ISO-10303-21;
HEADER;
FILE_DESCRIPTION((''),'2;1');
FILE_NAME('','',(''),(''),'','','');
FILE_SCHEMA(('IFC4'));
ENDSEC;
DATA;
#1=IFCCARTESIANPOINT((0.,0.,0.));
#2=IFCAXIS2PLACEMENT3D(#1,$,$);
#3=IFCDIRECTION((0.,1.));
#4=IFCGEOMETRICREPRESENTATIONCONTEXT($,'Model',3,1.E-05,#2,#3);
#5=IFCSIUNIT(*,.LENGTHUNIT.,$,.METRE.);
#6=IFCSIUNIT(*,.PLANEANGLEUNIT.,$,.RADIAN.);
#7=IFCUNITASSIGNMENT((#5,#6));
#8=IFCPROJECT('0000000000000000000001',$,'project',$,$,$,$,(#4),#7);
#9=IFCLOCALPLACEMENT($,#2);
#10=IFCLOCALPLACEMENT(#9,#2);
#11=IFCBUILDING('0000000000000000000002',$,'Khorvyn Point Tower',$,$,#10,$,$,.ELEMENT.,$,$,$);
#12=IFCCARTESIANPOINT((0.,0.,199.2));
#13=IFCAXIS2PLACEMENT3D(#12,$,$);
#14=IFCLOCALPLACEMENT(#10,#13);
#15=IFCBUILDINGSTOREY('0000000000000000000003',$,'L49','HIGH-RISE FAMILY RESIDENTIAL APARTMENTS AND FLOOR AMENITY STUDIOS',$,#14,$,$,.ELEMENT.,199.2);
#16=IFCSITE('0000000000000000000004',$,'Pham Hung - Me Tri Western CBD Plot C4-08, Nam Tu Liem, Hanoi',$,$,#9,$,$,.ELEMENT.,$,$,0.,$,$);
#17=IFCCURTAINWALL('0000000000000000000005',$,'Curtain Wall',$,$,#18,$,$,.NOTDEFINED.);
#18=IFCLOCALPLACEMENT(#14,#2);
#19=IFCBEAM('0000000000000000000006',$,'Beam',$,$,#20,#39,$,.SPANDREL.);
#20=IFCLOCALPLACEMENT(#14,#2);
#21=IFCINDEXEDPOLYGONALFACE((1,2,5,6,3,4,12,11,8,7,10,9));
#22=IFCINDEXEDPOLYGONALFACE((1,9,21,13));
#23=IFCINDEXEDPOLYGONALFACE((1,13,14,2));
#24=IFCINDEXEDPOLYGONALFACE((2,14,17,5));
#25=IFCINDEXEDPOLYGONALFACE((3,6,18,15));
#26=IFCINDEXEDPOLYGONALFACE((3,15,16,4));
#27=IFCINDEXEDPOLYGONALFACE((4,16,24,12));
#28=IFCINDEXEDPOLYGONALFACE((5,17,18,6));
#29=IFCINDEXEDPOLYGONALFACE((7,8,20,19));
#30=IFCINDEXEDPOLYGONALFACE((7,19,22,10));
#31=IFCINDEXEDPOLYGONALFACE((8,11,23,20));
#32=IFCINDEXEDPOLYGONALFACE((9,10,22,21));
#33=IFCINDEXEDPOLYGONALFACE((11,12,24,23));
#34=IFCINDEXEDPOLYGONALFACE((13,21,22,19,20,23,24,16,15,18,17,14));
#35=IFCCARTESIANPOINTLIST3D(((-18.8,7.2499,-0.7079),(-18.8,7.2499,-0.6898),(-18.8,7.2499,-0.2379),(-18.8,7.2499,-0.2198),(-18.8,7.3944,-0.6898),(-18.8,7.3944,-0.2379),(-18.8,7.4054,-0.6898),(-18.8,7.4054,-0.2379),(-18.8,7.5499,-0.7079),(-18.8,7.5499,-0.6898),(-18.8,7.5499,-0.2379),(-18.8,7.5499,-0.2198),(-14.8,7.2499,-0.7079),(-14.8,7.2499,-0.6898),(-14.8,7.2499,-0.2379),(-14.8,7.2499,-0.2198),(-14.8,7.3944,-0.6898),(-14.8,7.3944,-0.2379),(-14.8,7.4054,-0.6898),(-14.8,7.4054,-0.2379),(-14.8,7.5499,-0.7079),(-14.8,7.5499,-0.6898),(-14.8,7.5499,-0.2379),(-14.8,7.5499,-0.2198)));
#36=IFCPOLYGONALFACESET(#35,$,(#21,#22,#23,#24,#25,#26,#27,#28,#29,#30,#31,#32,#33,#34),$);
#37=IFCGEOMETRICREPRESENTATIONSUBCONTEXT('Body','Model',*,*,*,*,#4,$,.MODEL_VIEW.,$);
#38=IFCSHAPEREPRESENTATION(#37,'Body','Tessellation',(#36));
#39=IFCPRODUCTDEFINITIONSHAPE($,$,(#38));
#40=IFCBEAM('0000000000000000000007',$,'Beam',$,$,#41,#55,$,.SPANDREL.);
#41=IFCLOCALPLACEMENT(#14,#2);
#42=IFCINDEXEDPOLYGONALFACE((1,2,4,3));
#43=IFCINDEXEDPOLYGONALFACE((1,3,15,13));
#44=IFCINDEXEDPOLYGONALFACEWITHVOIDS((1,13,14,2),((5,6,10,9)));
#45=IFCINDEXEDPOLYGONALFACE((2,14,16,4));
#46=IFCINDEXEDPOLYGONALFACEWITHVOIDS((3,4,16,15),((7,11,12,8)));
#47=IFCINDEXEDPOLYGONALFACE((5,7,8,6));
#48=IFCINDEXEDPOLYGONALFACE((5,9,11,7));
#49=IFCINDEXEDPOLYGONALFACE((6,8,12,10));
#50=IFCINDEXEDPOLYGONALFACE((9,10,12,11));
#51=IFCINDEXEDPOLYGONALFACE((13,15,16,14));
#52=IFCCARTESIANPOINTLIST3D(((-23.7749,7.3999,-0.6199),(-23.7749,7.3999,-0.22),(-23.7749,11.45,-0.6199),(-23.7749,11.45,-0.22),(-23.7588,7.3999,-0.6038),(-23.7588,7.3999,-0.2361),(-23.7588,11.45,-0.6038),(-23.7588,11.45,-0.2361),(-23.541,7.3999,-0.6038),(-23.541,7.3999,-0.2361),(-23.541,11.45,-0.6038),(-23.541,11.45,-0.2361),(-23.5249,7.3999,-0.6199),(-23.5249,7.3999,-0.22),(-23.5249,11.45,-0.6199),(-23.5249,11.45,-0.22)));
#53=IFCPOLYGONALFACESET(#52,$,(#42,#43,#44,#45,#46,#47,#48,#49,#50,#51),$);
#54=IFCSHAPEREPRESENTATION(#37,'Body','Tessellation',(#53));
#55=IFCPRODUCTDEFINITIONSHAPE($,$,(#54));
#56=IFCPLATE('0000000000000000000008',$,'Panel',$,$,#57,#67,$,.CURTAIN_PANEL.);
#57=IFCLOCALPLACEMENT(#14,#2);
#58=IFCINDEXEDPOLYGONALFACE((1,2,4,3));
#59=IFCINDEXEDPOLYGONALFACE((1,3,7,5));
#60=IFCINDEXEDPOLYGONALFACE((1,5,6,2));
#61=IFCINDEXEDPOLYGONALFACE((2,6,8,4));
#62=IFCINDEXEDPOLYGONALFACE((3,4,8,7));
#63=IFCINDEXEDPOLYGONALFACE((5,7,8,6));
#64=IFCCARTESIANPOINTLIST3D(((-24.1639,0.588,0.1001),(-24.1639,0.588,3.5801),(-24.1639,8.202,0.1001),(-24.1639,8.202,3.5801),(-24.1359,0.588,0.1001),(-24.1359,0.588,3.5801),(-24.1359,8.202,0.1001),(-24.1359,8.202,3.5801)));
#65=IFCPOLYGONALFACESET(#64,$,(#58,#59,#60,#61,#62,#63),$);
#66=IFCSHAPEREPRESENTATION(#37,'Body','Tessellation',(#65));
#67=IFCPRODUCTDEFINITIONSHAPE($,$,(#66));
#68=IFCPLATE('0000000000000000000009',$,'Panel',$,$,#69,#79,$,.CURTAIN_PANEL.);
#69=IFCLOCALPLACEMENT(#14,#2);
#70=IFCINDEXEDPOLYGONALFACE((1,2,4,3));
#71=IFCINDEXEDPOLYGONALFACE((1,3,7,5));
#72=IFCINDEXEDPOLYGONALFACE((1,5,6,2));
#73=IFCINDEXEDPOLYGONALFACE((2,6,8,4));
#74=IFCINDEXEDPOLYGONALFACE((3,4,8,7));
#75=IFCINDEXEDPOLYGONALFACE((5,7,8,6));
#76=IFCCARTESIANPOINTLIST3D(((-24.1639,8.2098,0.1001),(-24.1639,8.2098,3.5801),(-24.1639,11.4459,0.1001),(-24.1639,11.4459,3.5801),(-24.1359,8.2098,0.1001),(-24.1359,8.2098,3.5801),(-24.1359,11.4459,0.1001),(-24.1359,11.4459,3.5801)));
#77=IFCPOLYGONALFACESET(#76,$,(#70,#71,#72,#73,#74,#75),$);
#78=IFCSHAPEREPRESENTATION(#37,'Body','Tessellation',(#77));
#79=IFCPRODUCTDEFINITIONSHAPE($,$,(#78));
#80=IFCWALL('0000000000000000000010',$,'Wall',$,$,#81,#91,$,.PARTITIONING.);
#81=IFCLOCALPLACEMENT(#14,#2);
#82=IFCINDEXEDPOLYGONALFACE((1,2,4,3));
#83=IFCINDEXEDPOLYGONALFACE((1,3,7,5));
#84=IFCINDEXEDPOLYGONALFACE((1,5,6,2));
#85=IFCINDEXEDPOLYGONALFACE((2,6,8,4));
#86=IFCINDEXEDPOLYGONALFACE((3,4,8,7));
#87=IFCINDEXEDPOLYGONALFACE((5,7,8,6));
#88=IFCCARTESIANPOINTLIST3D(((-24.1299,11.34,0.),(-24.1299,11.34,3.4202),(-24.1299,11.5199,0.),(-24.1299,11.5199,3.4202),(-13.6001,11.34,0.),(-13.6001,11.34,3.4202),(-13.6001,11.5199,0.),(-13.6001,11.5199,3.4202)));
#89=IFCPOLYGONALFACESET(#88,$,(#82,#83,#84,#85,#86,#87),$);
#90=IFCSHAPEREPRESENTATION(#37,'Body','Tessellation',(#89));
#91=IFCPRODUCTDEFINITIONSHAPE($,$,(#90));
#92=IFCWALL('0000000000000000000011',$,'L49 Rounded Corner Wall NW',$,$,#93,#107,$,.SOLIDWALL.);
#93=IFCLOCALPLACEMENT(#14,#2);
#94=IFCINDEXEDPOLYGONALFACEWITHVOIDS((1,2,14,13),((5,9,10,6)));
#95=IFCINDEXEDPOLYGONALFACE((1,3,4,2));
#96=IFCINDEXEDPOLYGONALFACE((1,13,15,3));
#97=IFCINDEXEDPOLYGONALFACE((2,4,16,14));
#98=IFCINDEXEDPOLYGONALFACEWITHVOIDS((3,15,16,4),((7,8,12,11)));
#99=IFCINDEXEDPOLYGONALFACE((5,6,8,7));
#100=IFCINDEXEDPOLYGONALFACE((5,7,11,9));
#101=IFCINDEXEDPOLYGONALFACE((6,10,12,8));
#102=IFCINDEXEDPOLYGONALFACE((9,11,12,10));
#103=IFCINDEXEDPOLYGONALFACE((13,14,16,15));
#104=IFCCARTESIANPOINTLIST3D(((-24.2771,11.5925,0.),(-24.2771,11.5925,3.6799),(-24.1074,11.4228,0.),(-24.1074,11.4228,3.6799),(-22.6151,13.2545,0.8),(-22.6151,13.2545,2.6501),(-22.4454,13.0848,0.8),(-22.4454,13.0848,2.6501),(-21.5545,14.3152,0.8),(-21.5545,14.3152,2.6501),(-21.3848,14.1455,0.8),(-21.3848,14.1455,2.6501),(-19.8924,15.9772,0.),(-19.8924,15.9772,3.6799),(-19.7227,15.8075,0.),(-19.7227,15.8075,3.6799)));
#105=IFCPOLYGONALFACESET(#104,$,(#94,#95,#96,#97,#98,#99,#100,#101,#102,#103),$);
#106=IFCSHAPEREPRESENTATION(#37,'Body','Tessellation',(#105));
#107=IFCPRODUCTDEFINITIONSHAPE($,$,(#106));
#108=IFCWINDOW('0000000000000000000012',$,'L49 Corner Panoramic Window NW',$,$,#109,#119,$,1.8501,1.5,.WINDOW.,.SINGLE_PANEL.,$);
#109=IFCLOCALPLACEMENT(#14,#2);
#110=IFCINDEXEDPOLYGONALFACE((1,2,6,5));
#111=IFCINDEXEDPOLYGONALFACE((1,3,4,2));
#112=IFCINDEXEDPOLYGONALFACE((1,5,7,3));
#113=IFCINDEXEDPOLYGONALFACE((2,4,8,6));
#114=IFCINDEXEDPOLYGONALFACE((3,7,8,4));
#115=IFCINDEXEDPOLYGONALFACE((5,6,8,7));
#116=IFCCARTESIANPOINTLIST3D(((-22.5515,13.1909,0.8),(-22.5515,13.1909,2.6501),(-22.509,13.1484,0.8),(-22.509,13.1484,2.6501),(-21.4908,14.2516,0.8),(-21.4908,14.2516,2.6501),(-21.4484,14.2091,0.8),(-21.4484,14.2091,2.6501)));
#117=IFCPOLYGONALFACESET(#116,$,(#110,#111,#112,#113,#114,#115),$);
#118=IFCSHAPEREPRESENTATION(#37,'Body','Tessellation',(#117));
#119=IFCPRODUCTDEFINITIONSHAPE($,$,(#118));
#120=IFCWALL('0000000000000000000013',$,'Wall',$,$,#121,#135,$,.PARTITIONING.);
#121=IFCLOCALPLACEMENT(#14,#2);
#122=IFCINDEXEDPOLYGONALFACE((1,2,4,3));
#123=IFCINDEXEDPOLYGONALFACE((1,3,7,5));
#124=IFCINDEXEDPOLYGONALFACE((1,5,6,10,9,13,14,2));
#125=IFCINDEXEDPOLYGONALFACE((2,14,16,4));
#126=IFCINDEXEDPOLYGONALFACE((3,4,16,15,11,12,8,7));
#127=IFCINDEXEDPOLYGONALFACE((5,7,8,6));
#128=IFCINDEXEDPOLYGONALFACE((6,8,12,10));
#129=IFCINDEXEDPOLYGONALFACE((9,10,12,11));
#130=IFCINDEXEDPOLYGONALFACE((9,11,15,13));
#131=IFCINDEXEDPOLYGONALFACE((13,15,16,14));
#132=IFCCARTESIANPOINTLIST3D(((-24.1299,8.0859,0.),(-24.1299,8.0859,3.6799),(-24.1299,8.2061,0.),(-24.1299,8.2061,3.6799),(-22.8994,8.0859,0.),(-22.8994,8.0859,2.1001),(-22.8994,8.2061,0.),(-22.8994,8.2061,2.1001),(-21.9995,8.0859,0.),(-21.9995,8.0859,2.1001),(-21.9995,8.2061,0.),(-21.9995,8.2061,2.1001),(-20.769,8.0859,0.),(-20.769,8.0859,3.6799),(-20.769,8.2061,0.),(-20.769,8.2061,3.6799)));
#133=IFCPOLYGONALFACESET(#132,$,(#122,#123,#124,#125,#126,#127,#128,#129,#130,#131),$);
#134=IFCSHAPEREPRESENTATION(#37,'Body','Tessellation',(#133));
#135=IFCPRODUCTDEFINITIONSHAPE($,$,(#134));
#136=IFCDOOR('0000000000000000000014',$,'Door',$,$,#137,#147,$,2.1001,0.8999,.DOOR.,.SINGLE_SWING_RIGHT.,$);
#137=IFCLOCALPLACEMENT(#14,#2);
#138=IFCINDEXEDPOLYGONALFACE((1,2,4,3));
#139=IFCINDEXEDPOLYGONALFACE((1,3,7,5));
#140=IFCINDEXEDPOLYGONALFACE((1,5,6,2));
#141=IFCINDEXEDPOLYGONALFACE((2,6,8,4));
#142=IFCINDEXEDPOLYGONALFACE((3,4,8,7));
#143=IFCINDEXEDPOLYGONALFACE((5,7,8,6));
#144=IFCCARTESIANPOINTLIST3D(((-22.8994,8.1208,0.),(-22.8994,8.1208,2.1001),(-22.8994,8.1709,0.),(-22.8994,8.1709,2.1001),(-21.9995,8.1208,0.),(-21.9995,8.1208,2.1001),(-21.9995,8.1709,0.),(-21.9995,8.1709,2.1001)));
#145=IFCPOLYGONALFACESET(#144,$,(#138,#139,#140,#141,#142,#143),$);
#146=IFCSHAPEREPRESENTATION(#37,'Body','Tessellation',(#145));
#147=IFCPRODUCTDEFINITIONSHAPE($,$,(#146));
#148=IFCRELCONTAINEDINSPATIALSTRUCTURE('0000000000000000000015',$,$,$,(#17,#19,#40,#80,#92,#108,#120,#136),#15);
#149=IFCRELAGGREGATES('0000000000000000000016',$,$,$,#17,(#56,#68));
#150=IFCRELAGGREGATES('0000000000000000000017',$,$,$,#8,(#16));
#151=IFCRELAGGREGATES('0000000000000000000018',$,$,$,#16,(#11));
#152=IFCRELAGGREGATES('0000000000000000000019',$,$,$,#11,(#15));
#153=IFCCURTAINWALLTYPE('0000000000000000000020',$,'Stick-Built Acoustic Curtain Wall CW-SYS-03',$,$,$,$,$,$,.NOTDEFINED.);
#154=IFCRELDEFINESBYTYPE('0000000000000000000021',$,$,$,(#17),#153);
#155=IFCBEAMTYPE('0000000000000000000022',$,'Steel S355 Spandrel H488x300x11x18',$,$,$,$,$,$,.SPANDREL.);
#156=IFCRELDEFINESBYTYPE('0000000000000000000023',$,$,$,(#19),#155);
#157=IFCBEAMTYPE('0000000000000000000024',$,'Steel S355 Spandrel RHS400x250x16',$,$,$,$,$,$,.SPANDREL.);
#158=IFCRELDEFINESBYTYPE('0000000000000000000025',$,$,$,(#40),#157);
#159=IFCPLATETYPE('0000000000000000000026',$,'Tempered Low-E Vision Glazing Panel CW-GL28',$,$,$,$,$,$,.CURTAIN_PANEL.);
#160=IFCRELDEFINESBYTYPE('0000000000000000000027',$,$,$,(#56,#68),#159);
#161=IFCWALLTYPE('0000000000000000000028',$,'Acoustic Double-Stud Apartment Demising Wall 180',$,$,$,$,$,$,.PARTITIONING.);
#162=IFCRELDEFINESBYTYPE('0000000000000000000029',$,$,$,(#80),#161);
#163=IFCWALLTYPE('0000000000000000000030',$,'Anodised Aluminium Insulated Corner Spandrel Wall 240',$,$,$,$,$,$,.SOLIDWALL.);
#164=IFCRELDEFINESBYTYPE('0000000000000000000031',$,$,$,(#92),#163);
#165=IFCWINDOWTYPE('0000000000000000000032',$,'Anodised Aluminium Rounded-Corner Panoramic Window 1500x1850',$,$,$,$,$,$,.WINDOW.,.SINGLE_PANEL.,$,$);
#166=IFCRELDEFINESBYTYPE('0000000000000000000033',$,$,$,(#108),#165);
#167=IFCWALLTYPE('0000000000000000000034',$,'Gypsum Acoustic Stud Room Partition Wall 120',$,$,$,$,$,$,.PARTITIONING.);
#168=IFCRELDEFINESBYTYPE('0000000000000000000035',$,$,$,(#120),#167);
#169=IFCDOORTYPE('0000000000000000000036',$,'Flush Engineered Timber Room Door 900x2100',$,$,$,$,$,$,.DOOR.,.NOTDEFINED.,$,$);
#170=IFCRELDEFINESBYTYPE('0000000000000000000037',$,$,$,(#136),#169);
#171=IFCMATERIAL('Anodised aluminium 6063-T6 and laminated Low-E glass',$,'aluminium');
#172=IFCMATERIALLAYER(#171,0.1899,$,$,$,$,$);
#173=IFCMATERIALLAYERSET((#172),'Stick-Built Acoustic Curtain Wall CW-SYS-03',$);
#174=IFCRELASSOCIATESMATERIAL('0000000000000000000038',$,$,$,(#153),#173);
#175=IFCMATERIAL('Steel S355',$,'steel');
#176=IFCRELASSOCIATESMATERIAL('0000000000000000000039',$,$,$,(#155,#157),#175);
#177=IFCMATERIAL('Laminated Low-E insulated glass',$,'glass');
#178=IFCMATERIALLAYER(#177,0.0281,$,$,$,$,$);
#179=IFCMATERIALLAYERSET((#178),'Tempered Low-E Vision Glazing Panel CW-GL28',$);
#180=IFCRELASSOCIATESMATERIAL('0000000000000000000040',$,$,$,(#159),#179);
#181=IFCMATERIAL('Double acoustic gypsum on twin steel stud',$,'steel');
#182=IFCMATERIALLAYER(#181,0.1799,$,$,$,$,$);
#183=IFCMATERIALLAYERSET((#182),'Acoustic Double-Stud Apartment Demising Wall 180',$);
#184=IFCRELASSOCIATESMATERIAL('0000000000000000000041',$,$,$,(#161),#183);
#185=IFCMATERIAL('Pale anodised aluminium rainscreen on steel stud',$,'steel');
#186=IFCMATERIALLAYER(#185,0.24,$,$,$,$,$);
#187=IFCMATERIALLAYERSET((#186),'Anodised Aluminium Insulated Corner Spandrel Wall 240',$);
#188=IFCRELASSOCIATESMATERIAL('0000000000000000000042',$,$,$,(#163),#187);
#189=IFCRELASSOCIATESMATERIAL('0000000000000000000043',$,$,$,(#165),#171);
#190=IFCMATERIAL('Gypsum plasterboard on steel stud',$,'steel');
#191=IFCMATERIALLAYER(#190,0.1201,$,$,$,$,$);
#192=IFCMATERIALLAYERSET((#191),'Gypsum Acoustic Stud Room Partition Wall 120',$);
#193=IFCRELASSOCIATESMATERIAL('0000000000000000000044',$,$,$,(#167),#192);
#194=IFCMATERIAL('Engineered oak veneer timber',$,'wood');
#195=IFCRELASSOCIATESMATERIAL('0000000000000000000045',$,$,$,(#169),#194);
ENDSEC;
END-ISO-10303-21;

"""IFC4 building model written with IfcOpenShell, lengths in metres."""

from ifc_helpers import new_model, si_unit, direction, frame, frame_2d, origin, origin_2d, place, context, subcontext, project, spatial, rectangle, hollow_rectangle, i_section, extrude, material, layer, layer_set, material_profile, profile_set, type_object, element, fill, aggregate, save


model = new_model("IFC4")

# Units and contexts
model_context = context("Model", 3, precision=1e-05, world=origin(), true_north=direction((0.0, 1.0)))
body_context = subcontext(model_context, "Body", "Model", "MODEL_VIEW")
ifc_project = project(units=[si_unit("LENGTHUNIT", "METRE"), si_unit("PLANEANGLEUNIT", "RADIAN")], contexts=[model_context])

# Site, building, storey
site_placement = place(None, origin())
site = spatial("IfcSite", under=ifc_project, at=site_placement, Name="Pham Hung - Me Tri Western CBD Plot C4-08, Nam Tu Liem, Hanoi", CompositionType="ELEMENT", RefElevation=0.0)
building_placement = place(site_placement, origin())
building = spatial("IfcBuilding", under=site, at=building_placement, Name="Khorvyn Point Tower", CompositionType="ELEMENT")
storey_placement = place(building_placement, frame((0.0, 0.0, 199.2)))
storey = spatial("IfcBuildingStorey", under=building, at=storey_placement, Name="L49", Description="HIGH-RISE FAMILY RESIDENTIAL APARTMENTS AND FLOOR AMENITY STUDIOS", CompositionType="ELEMENT", Elevation=199.2)

# Curtain wall
ifc_material_1 = material(Name="Anodised aluminium 6063-T6 and laminated Low-E glass", Category="aluminium")
ifc_layer_1 = layer(ifc_material_1, 0.1899)
ifc_layer_set_1 = layer_set([ifc_layer_1], Name="Stick-Built Acoustic Curtain Wall CW-SYS-03")
curtain_wall_type = type_object("IfcCurtainWallType", Name="Stick-Built Acoustic Curtain Wall CW-SYS-03", PredefinedType="NOTDEFINED", material=ifc_layer_set_1)
curtain_wall_1_placement = place(storey_placement, origin())
curtain_wall_1 = element("IfcCurtainWall", 1, at=curtain_wall_1_placement, inside=storey, type_object=curtain_wall_type, Name="Curtain Wall", PredefinedType="NOTDEFINED")

# Beams
ifc_material_2 = material(Name="Steel S355", Category="steel")
ifc_material_profile_1 = material_profile(ifc_material_2, i_section(OverallWidth=0.3, OverallDepth=0.488, WebThickness=0.011, FlangeThickness=0.0181, at=origin_2d()))
ifc_profile_set_1 = profile_set([ifc_material_profile_1], Name="Steel S355 H488x300x11x18")
beam_type_1 = type_object("IfcBeamType", Name="Steel S355 Spandrel H488x300x11x18", PredefinedType="SPANDREL", material=ifc_profile_set_1)
beam_1_placement = place(storey_placement, frame((-18.8, 7.3999, -0.4639), z_axis=(1.0, 0.0, 0.0), x_axis=(0.0, 1.0, 0.0)))
element("IfcBeam", 2, at=beam_1_placement, inside=storey, type_object=beam_type_1, Name="Beam", PredefinedType="SPANDREL", context=body_context, shape_type="SweptSolid", body=[
    extrude(i_section(OverallWidth=0.3, OverallDepth=0.488, WebThickness=0.011, FlangeThickness=0.0181, at=origin_2d()), origin(), (0.0, 0.0, 1.0), 4.0),
])
ifc_material_profile_2 = material_profile(ifc_material_2, hollow_rectangle(XDim=0.25, YDim=0.3999, WallThickness=0.0161, at=origin_2d()))
ifc_profile_set_2 = profile_set([ifc_material_profile_2], Name="Steel S355 RHS400x250x16")
beam_type_2 = type_object("IfcBeamType", Name="Steel S355 Spandrel RHS400x250x16", PredefinedType="SPANDREL", material=ifc_profile_set_2)
beam_2_placement = place(storey_placement, frame((-23.6499, 7.3999, -0.4199), z_axis=(0.0, 1.0, 0.0), x_axis=(-1.0, 0.0, 0.0)))
element("IfcBeam", 3, at=beam_2_placement, inside=storey, type_object=beam_type_2, Name="Beam", PredefinedType="SPANDREL", context=body_context, shape_type="SweptSolid", body=[
    extrude(hollow_rectangle(XDim=0.25, YDim=0.3999, WallThickness=0.0161, at=origin_2d()), origin(), (0.0, 0.0, 1.0), 4.05),
])

# Plates
ifc_material_3 = material(Name="Laminated Low-E insulated glass", Category="glass")
ifc_layer_2 = layer(ifc_material_3, 0.0281)
ifc_layer_set_2 = layer_set([ifc_layer_2], Name="Tempered Low-E Vision Glazing Panel CW-GL28")
plate_type = type_object("IfcPlateType", Name="Tempered Low-E Vision Glazing Panel CW-GL28", PredefinedType="CURTAIN_PANEL", material=ifc_layer_set_2)
plate_1_placement = place(storey_placement, frame((-24.1499, 4.395, 0.1001), z_axis=(0.0, 0.0, 1.0), x_axis=(0.0, 1.0, 0.0)))
plate_1 = element("IfcPlate", 4, at=plate_1_placement, type_object=plate_type, Name="Panel", PredefinedType="CURTAIN_PANEL", context=body_context, shape_type="SweptSolid", body=[
    extrude(rectangle(XDim=7.614, YDim=0.0281, at=origin_2d()), origin(), (0.0, 0.0, 1.0), 3.48),
])
plate_2_placement = place(storey_placement, frame((-24.1499, 9.8279, 0.1001), z_axis=(0.0, 0.0, 1.0), x_axis=(0.0, 1.0, 0.0)))
plate_2 = element("IfcPlate", 5, at=plate_2_placement, type_object=plate_type, Name="Panel", PredefinedType="CURTAIN_PANEL", context=body_context, shape_type="SweptSolid", body=[
    extrude(rectangle(XDim=3.2361, YDim=0.0281, at=origin_2d()), origin(), (0.0, 0.0, 1.0), 3.48),
])
aggregate(curtain_wall_1, [plate_1, plate_2])

# Wall
ifc_material_4 = material(Name="Double acoustic gypsum on twin steel stud", Category="steel")
ifc_layer_3 = layer(ifc_material_4, 0.1799)
ifc_layer_set_3 = layer_set([ifc_layer_3], Name="Acoustic Double-Stud Apartment Demising Wall 180")
wall_type_1 = type_object("IfcWallType", Name="Acoustic Double-Stud Apartment Demising Wall 180", PredefinedType="PARTITIONING", material=ifc_layer_set_3)
wall_1_placement = place(storey_placement, frame((-24.1299, 11.4299, 0.0), z_axis=(0.0, 0.0, 1.0), x_axis=(1.0, 0.0, 0.0)))
element("IfcWall", 6, at=wall_1_placement, inside=storey, type_object=wall_type_1, Name="Wall", PredefinedType="PARTITIONING", context=body_context, shape_type="SweptSolid", body=[
    extrude(rectangle(XDim=10.5298, YDim=0.1799, at=frame_2d((5.2649, 0.0))), origin(), (0.0, 0.0, 1.0), 3.4202),
])

# Wall, opening, window
ifc_material_5 = material(Name="Pale anodised aluminium rainscreen on steel stud", Category="steel")
ifc_layer_4 = layer(ifc_material_5, 0.24)
ifc_layer_set_4 = layer_set([ifc_layer_4], Name="Anodised Aluminium Insulated Corner Spandrel Wall 240")
wall_type_2 = type_object("IfcWallType", Name="Anodised Aluminium Insulated Corner Spandrel Wall 240", PredefinedType="SOLIDWALL", material=ifc_layer_set_4)
wall_2_placement = place(storey_placement, frame((-24.1924, 11.5076, 0.0), z_axis=(0.0, 0.0, 1.0), x_axis=(0.707107, 0.707107, 0.0)))
wall_2 = element("IfcWall", 7, at=wall_2_placement, inside=storey, type_object=wall_type_2, Name="L49 Rounded Corner Wall NW", PredefinedType="SOLIDWALL", context=body_context, shape_type="SweptSolid", body=[
    extrude(rectangle(XDim=6.2009, YDim=0.24, at=frame_2d((3.1006, 0.0))), origin(), (0.0, 0.0, 1.0), 3.6799),
])
opening_1_placement = place(wall_2_placement, frame((2.3506, 0.0, 0.8)))
opening_1 = element("IfcOpeningElement", 8, at=opening_1_placement, cuts=wall_2, PredefinedType="OPENING", context=body_context, shape_type="SweptSolid", body=[
    extrude(rectangle(XDim=1.5, YDim=1.8501, at=frame_2d((0.75, 0.925))), frame((0.0, 0.1299, 0.0), z_axis=(0.0, -1.0, 0.0), x_axis=(1.0, 0.0, 0.0)), (0.0, 0.0, 1.0), 0.26),
])
window_type = type_object("IfcWindowType", Name="Anodised Aluminium Rounded-Corner Panoramic Window 1500x1850", PartitioningType="SINGLE_PANEL", PredefinedType="WINDOW", material=ifc_material_1)
window_placement = place(opening_1_placement, origin())
window = element("IfcWindow", 9, at=window_placement, inside=storey, type_object=window_type, Name="L49 Corner Panoramic Window NW", OverallHeight=1.8501, OverallWidth=1.5, PartitioningType="SINGLE_PANEL", PredefinedType="WINDOW", context=body_context, shape_type="SweptSolid", body=[
    extrude(rectangle(XDim=1.5, YDim=1.8501, at=frame_2d((0.75, 0.925))), frame((0.0, 0.03, 0.0), z_axis=(0.0, -1.0, 0.0), x_axis=(1.0, 0.0, 0.0)), (0.0, 0.0, 1.0), 0.0601),
])
fill(opening_1, window)

# Wall, opening, door
ifc_material_6 = material(Name="Gypsum plasterboard on steel stud", Category="steel")
ifc_layer_5 = layer(ifc_material_6, 0.1201)
ifc_layer_set_5 = layer_set([ifc_layer_5], Name="Gypsum Acoustic Stud Room Partition Wall 120")
wall_type_3 = type_object("IfcWallType", Name="Gypsum Acoustic Stud Room Partition Wall 120", PredefinedType="PARTITIONING", material=ifc_layer_set_5)
wall_3_placement = place(storey_placement, frame((-24.1299, 8.146, 0.0), z_axis=(0.0, 0.0, 1.0), x_axis=(1.0, 0.0, 0.0)))
wall_3 = element("IfcWall", 10, at=wall_3_placement, inside=storey, type_object=wall_type_3, Name="Wall", PredefinedType="PARTITIONING", context=body_context, shape_type="SweptSolid", body=[
    extrude(rectangle(XDim=3.3608, YDim=0.1201, at=frame_2d((1.6804, 0.0))), origin(), (0.0, 0.0, 1.0), 3.6799),
])
opening_2_placement = place(wall_3_placement, frame((1.2305, 0.0, 0.0)))
opening_2 = element("IfcOpeningElement", 11, at=opening_2_placement, cuts=wall_3, PredefinedType="OPENING", context=body_context, shape_type="SweptSolid", body=[
    extrude(rectangle(XDim=0.8999, YDim=2.1001, at=frame_2d((0.45, 1.05))), frame((0.0, 0.0701, 0.0), z_axis=(0.0, -1.0, 0.0), x_axis=(1.0, 0.0, 0.0)), (0.0, 0.0, 1.0), 0.1401),
])
ifc_material_7 = material(Name="Engineered oak veneer timber", Category="wood")
door_type_1 = type_object("IfcDoorType", Name="Flush Engineered Timber Room Door 900x2100", OperationType="NOTDEFINED", PredefinedType="DOOR", material=ifc_material_7)
door_1_placement = place(opening_2_placement, origin())
door_1 = element("IfcDoor", 12, at=door_1_placement, inside=storey, type_object=door_type_1, Name="Door", OperationType="SINGLE_SWING_RIGHT", OverallHeight=2.1001, OverallWidth=0.8999, PredefinedType="DOOR", context=body_context, shape_type="SweptSolid", body=[
    extrude(rectangle(XDim=0.8999, YDim=2.1001, at=frame_2d((0.45, 1.05))), frame((0.0, 0.0249, 0.0), z_axis=(0.0, -1.0, 0.0), x_axis=(1.0, 0.0, 0.0)), (0.0, 0.0, 1.0), 0.05),
])
fill(opening_2, door_1)

save(model, "model.ifc")
